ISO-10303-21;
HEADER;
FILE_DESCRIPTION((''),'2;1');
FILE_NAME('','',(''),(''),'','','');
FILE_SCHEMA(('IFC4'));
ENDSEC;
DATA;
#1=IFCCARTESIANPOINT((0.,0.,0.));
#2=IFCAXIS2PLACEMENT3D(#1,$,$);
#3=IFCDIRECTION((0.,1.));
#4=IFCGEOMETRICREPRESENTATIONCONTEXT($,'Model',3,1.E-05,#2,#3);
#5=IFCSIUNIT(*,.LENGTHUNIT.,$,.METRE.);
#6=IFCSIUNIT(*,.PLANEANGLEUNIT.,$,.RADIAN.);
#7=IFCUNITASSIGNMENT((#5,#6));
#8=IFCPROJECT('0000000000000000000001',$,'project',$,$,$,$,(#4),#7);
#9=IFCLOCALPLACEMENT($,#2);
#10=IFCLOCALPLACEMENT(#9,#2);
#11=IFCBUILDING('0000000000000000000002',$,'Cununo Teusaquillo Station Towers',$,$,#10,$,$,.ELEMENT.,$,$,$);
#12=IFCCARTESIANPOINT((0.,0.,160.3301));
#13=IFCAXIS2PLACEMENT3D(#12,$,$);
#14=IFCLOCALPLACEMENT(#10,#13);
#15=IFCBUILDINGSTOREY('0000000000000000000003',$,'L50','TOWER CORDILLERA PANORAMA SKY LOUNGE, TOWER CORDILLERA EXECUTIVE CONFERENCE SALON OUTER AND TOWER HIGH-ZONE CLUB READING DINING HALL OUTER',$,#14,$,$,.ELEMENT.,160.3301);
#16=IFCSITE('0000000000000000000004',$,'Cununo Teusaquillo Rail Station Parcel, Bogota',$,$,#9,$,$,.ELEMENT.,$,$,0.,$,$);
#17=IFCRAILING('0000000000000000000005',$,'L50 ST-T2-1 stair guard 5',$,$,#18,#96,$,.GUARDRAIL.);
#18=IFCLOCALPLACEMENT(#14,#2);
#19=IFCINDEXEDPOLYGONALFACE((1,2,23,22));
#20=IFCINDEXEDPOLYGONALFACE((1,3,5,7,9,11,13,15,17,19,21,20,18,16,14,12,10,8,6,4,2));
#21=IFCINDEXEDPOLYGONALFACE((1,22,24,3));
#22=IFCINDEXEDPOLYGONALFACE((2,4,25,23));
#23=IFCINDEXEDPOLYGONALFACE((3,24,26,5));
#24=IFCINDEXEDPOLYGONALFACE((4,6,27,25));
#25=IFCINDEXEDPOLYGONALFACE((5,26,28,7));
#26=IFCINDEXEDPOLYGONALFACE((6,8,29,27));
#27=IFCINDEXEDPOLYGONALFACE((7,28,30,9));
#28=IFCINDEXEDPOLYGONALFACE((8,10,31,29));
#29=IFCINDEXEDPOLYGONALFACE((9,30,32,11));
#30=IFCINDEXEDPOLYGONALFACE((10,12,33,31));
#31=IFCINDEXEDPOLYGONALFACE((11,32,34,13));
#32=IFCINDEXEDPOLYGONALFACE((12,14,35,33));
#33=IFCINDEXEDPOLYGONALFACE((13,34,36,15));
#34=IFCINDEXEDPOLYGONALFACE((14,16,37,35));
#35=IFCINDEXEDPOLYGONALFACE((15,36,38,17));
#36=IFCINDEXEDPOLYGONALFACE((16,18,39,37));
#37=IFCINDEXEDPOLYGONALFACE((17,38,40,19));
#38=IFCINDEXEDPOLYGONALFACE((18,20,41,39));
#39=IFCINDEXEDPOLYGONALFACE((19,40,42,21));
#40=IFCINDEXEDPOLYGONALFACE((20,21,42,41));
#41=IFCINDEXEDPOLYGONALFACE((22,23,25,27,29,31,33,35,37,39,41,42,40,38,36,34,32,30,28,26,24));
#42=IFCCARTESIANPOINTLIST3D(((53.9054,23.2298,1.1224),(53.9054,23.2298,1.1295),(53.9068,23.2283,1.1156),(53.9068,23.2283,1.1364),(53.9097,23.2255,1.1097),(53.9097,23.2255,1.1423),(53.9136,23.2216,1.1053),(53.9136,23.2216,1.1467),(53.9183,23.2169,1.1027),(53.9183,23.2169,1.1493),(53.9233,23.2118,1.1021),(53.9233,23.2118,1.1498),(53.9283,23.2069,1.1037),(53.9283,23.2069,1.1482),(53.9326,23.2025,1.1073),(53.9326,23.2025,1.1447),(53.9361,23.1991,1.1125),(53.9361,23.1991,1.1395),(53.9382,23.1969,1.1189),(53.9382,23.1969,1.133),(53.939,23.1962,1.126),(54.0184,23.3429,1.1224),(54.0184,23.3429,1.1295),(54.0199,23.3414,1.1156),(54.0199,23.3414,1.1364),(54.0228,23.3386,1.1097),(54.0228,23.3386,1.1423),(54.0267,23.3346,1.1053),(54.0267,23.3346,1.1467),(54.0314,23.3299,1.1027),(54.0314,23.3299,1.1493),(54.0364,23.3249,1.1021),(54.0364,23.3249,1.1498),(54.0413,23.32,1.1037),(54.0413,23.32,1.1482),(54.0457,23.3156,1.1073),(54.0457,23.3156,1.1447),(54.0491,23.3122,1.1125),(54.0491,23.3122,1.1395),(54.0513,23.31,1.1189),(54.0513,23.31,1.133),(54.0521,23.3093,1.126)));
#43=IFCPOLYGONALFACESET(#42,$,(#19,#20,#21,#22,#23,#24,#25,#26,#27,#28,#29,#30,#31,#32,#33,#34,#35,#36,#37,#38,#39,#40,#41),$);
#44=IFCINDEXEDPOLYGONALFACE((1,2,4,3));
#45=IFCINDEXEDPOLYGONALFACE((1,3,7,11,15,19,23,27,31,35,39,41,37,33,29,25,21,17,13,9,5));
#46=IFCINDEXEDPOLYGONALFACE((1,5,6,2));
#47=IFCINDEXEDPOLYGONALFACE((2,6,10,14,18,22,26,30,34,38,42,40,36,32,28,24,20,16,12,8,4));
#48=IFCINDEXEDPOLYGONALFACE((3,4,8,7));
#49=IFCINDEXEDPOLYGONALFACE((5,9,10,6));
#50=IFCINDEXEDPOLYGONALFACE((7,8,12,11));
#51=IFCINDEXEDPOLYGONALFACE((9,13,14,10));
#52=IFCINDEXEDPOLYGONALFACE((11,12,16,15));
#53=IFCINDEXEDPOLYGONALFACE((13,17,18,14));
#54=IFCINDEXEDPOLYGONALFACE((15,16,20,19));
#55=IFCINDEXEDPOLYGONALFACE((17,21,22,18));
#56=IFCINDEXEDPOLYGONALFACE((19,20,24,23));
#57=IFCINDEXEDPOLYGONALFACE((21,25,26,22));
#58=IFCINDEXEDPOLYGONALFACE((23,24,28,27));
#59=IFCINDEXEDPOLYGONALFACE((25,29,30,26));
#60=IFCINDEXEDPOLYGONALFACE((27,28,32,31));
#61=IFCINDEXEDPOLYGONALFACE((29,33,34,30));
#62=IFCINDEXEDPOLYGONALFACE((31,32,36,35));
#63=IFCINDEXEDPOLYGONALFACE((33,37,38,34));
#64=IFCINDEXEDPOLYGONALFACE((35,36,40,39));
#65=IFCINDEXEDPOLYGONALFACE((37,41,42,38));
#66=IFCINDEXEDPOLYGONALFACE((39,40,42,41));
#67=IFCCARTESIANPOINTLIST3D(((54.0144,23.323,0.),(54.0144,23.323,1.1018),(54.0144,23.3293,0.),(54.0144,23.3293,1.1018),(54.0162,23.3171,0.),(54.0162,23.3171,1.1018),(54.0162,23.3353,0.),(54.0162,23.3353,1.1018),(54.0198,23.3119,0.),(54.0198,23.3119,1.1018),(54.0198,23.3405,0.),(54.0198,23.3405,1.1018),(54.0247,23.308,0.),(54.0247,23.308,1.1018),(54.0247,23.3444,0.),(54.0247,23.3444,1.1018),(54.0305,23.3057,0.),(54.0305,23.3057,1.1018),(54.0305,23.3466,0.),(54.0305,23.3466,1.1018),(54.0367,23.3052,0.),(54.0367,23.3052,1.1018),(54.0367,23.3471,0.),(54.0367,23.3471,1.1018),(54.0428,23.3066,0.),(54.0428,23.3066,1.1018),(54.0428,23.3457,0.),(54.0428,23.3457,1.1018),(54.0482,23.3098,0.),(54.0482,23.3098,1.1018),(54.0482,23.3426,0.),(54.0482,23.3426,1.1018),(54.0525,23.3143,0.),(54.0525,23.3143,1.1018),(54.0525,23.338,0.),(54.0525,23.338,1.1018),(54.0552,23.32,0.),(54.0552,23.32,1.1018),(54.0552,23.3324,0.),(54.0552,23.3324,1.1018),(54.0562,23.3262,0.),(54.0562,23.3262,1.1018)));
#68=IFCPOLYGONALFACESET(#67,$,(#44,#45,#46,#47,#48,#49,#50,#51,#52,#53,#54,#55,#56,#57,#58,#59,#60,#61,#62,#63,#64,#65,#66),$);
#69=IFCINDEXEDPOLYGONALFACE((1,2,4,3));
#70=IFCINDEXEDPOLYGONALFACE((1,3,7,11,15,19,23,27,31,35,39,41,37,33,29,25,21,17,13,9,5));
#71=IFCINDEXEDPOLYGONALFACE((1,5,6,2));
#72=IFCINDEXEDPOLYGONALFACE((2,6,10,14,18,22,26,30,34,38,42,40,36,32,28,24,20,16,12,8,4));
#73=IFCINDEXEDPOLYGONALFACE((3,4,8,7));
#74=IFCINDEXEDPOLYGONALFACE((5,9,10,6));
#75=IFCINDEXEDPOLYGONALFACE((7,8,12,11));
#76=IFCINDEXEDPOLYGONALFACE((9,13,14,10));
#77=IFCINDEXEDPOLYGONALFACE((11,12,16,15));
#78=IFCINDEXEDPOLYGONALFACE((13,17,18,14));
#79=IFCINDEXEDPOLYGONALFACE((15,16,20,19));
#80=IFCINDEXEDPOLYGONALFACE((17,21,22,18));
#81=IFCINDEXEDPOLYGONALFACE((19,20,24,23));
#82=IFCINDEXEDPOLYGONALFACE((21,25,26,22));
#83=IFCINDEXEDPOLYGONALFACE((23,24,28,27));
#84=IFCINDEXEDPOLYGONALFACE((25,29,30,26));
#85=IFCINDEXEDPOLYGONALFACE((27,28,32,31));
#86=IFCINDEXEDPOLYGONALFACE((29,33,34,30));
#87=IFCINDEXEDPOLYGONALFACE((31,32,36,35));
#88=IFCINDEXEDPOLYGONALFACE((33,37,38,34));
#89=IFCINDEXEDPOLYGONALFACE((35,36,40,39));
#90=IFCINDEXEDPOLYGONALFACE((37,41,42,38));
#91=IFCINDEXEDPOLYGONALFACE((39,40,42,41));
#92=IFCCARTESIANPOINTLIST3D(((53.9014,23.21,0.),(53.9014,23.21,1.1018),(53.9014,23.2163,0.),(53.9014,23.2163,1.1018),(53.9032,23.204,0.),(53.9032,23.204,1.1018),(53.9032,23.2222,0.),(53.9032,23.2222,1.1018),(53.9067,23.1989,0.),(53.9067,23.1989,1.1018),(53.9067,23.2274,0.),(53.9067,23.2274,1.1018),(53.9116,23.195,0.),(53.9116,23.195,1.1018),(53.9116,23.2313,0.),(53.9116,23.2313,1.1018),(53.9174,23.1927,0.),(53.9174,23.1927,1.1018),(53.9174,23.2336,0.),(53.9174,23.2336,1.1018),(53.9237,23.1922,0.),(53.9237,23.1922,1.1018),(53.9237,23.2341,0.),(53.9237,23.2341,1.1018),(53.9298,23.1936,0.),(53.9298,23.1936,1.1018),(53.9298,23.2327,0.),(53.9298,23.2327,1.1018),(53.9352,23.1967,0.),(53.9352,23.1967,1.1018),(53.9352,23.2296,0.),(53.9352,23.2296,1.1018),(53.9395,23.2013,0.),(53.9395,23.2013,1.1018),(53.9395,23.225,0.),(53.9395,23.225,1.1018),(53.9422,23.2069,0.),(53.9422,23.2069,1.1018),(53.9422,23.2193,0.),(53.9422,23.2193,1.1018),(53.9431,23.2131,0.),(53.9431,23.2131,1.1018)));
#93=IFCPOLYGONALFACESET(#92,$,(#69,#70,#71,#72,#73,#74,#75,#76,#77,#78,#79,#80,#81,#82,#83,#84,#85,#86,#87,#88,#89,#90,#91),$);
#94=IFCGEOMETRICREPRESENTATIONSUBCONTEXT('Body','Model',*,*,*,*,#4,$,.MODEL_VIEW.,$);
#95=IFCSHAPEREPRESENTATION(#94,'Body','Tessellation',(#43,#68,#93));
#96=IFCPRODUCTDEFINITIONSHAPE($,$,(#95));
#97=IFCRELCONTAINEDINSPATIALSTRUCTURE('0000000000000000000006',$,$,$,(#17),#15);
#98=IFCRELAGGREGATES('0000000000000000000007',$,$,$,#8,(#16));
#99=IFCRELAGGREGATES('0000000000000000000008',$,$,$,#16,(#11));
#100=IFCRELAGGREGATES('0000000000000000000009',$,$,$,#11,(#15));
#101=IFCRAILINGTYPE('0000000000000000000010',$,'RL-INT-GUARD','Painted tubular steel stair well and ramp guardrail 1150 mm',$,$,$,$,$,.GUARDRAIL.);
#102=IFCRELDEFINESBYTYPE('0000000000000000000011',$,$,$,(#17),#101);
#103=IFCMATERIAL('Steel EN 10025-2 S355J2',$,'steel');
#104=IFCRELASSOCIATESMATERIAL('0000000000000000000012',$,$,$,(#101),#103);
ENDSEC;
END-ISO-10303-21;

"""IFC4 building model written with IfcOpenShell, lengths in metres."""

from ifc_helpers import new_model, si_unit, direction, frame, origin, origin_2d, place, context, subcontext, project, spatial, circle, extrude, material, type_object, element, save


model = new_model("IFC4")

# Units and contexts
model_context = context("Model", 3, precision=1e-05, world=origin(), true_north=direction((0.0, 1.0)))
body_context = subcontext(model_context, "Body", "Model", "MODEL_VIEW")
ifc_project = project(units=[si_unit("LENGTHUNIT", "METRE"), si_unit("PLANEANGLEUNIT", "RADIAN")], contexts=[model_context])

# Site, building, storey
site_placement = place(None, origin())
site = spatial("IfcSite", under=ifc_project, at=site_placement, Name="Cununo Teusaquillo Rail Station Parcel, Bogota", CompositionType="ELEMENT", RefElevation=0.0)
building_placement = place(site_placement, origin())
building = spatial("IfcBuilding", under=site, at=building_placement, Name="Cununo Teusaquillo Station Towers", CompositionType="ELEMENT")
storey_placement = place(building_placement, frame((0.0, 0.0, 160.3301)))
storey = spatial("IfcBuildingStorey", under=building, at=storey_placement, Name="L50", Description="TOWER CORDILLERA PANORAMA SKY LOUNGE, TOWER CORDILLERA EXECUTIVE CONFERENCE SALON OUTER AND TOWER HIGH-ZONE CLUB READING DINING HALL OUTER", CompositionType="ELEMENT", Elevation=160.3301)

# Railing
ifc_material_1 = material(Name="Steel EN 10025-2 S355J2", Category="steel")
railing_type_1 = type_object("IfcRailingType", Name="RL-INT-GUARD", Description="Painted tubular steel stair well and ramp guardrail 1150 mm", PredefinedType="GUARDRAIL", material=ifc_material_1)
railing_1_placement = place(storey_placement, frame((54.0352, 23.3262, 0.0)))
element("IfcRailing", 1, at=railing_1_placement, inside=storey, type_object=railing_type_1, Name="L50 ST-T2-1 stair guard 5", PredefinedType="GUARDRAIL", context=body_context, shape_type="SweptSolid", body=[
    extrude(circle(Radius=0.0239, at=origin_2d()), frame((0.0, 0.0, 1.126), z_axis=(-0.707107, -0.707107, 0.0), x_axis=(0.707107, -0.707107, 0.0)), (0.0, 0.0, 1.0), 0.1599),
    extrude(circle(Radius=0.021, at=origin_2d()), origin(), (0.0, 0.0, 1.0), 1.1018),
    extrude(circle(Radius=0.021, at=origin_2d()), frame((-0.113, -0.113, 0.0)), (0.0, 0.0, 1.0), 1.1018),
])

save(model, "model.ifc")
